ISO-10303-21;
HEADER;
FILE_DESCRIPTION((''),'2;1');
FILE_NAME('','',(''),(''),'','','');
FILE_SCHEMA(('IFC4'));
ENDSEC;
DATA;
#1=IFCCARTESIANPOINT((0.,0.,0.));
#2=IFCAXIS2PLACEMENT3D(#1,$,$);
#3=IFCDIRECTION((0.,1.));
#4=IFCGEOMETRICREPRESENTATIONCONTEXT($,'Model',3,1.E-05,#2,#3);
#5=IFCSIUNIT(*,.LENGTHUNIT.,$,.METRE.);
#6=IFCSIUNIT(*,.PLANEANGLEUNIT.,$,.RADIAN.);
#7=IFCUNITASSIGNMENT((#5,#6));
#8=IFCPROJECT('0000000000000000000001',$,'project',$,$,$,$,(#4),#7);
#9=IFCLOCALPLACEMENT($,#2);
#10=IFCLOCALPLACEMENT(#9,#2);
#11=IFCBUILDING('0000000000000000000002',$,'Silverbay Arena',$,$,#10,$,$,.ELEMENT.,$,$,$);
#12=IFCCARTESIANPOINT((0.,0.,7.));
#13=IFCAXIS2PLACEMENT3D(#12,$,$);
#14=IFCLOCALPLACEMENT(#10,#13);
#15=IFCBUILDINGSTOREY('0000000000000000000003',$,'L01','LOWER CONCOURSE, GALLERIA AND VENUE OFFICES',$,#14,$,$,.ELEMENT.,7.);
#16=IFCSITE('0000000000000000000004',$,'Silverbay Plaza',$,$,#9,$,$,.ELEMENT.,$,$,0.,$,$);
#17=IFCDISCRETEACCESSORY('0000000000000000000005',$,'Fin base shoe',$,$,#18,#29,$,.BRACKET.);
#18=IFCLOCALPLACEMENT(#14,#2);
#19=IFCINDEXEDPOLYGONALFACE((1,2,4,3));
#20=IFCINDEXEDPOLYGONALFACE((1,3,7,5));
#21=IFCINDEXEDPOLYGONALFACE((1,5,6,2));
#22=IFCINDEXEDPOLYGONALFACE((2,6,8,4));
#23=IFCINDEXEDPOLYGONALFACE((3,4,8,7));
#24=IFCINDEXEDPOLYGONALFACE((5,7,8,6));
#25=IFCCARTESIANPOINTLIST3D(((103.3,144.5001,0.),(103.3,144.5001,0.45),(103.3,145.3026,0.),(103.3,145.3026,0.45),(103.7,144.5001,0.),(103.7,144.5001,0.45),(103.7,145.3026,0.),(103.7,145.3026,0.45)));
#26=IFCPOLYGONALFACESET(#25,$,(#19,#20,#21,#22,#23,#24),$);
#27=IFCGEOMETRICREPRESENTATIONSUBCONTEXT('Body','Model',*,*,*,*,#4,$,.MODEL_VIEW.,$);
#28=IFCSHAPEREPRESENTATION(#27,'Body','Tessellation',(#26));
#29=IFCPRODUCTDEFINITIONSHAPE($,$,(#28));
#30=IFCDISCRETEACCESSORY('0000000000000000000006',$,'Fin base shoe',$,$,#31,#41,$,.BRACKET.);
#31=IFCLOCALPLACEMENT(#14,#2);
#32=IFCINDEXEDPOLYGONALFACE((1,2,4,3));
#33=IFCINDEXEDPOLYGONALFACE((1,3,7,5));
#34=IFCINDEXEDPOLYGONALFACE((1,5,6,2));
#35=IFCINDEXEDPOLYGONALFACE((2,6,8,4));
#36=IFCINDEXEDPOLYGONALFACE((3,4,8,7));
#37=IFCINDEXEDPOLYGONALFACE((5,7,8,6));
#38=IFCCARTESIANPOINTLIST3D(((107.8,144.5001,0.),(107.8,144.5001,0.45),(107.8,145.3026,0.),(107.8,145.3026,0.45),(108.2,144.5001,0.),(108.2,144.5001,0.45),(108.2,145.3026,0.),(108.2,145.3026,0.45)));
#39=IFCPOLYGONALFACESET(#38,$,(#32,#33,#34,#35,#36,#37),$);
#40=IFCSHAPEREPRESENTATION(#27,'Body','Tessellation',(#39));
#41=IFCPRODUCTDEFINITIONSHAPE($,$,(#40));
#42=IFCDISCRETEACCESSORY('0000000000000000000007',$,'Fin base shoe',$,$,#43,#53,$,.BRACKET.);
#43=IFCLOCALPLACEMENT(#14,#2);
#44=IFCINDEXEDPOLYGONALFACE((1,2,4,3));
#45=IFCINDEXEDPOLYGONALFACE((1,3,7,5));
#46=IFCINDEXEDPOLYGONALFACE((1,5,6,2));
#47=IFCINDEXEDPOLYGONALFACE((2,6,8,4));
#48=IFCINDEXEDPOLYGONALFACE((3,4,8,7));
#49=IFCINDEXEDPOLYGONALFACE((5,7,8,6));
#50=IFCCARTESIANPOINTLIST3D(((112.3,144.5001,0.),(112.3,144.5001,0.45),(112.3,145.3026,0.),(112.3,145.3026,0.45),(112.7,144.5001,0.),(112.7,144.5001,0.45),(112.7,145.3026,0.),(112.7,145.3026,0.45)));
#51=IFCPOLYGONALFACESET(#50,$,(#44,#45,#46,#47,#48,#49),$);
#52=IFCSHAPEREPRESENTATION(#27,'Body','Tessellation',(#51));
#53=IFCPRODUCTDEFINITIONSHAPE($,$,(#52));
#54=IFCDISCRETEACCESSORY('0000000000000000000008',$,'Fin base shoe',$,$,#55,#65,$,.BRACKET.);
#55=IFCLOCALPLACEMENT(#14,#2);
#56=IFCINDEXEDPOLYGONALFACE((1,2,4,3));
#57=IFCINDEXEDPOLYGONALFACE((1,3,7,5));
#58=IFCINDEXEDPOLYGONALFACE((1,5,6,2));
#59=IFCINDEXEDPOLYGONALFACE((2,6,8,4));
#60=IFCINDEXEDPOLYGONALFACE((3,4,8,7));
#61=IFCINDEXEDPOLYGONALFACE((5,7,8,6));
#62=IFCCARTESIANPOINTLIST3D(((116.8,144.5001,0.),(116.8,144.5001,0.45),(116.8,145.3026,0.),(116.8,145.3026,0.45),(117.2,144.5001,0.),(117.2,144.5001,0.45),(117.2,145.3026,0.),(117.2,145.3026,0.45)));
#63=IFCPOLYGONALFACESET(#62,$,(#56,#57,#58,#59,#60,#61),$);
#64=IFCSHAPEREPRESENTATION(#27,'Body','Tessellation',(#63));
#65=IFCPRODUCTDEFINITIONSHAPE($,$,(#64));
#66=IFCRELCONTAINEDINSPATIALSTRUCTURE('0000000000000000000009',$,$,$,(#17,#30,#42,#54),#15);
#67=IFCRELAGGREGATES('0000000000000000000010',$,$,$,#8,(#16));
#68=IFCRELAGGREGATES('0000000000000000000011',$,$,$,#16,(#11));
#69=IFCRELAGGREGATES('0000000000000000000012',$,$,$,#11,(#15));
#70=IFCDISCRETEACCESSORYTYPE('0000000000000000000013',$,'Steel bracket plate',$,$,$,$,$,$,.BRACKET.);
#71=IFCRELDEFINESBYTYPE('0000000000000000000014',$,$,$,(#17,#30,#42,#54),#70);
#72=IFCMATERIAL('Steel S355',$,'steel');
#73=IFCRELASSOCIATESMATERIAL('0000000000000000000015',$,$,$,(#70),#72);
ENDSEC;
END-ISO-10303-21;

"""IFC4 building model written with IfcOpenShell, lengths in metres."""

from ifc_helpers import new_model, si_unit, direction, frame, origin, origin_2d, place, context, subcontext, project, spatial, rectangle, extrude, material, type_object, element, save


model = new_model("IFC4")

# Units and contexts
model_context = context("Model", 3, precision=1e-05, world=origin(), true_north=direction((0.0, 1.0)))
body_context = subcontext(model_context, "Body", "Model", "MODEL_VIEW")
ifc_project = project(units=[si_unit("LENGTHUNIT", "METRE"), si_unit("PLANEANGLEUNIT", "RADIAN")], contexts=[model_context])

# Site, building, storey
site_placement = place(None, origin())
site = spatial("IfcSite", under=ifc_project, at=site_placement, Name="Silverbay Plaza", CompositionType="ELEMENT", RefElevation=0.0)
building_placement = place(site_placement, origin())
building = spatial("IfcBuilding", under=site, at=building_placement, Name="Silverbay Arena", CompositionType="ELEMENT")
storey_placement = place(building_placement, frame((0.0, 0.0, 7.0)))
storey = spatial("IfcBuildingStorey", under=building, at=storey_placement, Name="L01", Description="LOWER CONCOURSE, GALLERIA AND VENUE OFFICES", CompositionType="ELEMENT", Elevation=7.0)

# Discrete accessories
ifc_material_1 = material(Name="Steel S355", Category="steel")
discrete_accessory_type = type_object("IfcDiscreteAccessoryType", Name="Steel bracket plate", PredefinedType="BRACKET", material=ifc_material_1)
for number, where, z_axis, x_axis, name in (
    (1, (103.5, 144.9014, 0.0), (0.0, 0.0, 1.0), (1.0, 0.0, 0.0), "Fin base shoe"),
    (2, (108.0, 144.9014, 0.0), (0.0, 0.0, 1.0), (1.0, 0.0, 0.0), "Fin base shoe"),
    (3, (112.5, 144.9014, 0.0), (0.0, 0.0, 1.0), (1.0, 0.0, 0.0), "Fin base shoe"),
    (4, (117.0, 144.9014, 0.0), (0.0, 0.0, 1.0), (1.0, 0.0, 0.0), "Fin base shoe"),
):
    element("IfcDiscreteAccessory", number, at=place(storey_placement, frame(where, z_axis=z_axis, x_axis=x_axis)), inside=storey, type_object=discrete_accessory_type, Name=name, PredefinedType="BRACKET", context=body_context, shape_type="SweptSolid", body=[
        extrude(rectangle(XDim=0.3999, YDim=0.8025, at=origin_2d()), origin(), (0.0, 0.0, 1.0), 0.45),
    ])

save(model, "model.ifc")
